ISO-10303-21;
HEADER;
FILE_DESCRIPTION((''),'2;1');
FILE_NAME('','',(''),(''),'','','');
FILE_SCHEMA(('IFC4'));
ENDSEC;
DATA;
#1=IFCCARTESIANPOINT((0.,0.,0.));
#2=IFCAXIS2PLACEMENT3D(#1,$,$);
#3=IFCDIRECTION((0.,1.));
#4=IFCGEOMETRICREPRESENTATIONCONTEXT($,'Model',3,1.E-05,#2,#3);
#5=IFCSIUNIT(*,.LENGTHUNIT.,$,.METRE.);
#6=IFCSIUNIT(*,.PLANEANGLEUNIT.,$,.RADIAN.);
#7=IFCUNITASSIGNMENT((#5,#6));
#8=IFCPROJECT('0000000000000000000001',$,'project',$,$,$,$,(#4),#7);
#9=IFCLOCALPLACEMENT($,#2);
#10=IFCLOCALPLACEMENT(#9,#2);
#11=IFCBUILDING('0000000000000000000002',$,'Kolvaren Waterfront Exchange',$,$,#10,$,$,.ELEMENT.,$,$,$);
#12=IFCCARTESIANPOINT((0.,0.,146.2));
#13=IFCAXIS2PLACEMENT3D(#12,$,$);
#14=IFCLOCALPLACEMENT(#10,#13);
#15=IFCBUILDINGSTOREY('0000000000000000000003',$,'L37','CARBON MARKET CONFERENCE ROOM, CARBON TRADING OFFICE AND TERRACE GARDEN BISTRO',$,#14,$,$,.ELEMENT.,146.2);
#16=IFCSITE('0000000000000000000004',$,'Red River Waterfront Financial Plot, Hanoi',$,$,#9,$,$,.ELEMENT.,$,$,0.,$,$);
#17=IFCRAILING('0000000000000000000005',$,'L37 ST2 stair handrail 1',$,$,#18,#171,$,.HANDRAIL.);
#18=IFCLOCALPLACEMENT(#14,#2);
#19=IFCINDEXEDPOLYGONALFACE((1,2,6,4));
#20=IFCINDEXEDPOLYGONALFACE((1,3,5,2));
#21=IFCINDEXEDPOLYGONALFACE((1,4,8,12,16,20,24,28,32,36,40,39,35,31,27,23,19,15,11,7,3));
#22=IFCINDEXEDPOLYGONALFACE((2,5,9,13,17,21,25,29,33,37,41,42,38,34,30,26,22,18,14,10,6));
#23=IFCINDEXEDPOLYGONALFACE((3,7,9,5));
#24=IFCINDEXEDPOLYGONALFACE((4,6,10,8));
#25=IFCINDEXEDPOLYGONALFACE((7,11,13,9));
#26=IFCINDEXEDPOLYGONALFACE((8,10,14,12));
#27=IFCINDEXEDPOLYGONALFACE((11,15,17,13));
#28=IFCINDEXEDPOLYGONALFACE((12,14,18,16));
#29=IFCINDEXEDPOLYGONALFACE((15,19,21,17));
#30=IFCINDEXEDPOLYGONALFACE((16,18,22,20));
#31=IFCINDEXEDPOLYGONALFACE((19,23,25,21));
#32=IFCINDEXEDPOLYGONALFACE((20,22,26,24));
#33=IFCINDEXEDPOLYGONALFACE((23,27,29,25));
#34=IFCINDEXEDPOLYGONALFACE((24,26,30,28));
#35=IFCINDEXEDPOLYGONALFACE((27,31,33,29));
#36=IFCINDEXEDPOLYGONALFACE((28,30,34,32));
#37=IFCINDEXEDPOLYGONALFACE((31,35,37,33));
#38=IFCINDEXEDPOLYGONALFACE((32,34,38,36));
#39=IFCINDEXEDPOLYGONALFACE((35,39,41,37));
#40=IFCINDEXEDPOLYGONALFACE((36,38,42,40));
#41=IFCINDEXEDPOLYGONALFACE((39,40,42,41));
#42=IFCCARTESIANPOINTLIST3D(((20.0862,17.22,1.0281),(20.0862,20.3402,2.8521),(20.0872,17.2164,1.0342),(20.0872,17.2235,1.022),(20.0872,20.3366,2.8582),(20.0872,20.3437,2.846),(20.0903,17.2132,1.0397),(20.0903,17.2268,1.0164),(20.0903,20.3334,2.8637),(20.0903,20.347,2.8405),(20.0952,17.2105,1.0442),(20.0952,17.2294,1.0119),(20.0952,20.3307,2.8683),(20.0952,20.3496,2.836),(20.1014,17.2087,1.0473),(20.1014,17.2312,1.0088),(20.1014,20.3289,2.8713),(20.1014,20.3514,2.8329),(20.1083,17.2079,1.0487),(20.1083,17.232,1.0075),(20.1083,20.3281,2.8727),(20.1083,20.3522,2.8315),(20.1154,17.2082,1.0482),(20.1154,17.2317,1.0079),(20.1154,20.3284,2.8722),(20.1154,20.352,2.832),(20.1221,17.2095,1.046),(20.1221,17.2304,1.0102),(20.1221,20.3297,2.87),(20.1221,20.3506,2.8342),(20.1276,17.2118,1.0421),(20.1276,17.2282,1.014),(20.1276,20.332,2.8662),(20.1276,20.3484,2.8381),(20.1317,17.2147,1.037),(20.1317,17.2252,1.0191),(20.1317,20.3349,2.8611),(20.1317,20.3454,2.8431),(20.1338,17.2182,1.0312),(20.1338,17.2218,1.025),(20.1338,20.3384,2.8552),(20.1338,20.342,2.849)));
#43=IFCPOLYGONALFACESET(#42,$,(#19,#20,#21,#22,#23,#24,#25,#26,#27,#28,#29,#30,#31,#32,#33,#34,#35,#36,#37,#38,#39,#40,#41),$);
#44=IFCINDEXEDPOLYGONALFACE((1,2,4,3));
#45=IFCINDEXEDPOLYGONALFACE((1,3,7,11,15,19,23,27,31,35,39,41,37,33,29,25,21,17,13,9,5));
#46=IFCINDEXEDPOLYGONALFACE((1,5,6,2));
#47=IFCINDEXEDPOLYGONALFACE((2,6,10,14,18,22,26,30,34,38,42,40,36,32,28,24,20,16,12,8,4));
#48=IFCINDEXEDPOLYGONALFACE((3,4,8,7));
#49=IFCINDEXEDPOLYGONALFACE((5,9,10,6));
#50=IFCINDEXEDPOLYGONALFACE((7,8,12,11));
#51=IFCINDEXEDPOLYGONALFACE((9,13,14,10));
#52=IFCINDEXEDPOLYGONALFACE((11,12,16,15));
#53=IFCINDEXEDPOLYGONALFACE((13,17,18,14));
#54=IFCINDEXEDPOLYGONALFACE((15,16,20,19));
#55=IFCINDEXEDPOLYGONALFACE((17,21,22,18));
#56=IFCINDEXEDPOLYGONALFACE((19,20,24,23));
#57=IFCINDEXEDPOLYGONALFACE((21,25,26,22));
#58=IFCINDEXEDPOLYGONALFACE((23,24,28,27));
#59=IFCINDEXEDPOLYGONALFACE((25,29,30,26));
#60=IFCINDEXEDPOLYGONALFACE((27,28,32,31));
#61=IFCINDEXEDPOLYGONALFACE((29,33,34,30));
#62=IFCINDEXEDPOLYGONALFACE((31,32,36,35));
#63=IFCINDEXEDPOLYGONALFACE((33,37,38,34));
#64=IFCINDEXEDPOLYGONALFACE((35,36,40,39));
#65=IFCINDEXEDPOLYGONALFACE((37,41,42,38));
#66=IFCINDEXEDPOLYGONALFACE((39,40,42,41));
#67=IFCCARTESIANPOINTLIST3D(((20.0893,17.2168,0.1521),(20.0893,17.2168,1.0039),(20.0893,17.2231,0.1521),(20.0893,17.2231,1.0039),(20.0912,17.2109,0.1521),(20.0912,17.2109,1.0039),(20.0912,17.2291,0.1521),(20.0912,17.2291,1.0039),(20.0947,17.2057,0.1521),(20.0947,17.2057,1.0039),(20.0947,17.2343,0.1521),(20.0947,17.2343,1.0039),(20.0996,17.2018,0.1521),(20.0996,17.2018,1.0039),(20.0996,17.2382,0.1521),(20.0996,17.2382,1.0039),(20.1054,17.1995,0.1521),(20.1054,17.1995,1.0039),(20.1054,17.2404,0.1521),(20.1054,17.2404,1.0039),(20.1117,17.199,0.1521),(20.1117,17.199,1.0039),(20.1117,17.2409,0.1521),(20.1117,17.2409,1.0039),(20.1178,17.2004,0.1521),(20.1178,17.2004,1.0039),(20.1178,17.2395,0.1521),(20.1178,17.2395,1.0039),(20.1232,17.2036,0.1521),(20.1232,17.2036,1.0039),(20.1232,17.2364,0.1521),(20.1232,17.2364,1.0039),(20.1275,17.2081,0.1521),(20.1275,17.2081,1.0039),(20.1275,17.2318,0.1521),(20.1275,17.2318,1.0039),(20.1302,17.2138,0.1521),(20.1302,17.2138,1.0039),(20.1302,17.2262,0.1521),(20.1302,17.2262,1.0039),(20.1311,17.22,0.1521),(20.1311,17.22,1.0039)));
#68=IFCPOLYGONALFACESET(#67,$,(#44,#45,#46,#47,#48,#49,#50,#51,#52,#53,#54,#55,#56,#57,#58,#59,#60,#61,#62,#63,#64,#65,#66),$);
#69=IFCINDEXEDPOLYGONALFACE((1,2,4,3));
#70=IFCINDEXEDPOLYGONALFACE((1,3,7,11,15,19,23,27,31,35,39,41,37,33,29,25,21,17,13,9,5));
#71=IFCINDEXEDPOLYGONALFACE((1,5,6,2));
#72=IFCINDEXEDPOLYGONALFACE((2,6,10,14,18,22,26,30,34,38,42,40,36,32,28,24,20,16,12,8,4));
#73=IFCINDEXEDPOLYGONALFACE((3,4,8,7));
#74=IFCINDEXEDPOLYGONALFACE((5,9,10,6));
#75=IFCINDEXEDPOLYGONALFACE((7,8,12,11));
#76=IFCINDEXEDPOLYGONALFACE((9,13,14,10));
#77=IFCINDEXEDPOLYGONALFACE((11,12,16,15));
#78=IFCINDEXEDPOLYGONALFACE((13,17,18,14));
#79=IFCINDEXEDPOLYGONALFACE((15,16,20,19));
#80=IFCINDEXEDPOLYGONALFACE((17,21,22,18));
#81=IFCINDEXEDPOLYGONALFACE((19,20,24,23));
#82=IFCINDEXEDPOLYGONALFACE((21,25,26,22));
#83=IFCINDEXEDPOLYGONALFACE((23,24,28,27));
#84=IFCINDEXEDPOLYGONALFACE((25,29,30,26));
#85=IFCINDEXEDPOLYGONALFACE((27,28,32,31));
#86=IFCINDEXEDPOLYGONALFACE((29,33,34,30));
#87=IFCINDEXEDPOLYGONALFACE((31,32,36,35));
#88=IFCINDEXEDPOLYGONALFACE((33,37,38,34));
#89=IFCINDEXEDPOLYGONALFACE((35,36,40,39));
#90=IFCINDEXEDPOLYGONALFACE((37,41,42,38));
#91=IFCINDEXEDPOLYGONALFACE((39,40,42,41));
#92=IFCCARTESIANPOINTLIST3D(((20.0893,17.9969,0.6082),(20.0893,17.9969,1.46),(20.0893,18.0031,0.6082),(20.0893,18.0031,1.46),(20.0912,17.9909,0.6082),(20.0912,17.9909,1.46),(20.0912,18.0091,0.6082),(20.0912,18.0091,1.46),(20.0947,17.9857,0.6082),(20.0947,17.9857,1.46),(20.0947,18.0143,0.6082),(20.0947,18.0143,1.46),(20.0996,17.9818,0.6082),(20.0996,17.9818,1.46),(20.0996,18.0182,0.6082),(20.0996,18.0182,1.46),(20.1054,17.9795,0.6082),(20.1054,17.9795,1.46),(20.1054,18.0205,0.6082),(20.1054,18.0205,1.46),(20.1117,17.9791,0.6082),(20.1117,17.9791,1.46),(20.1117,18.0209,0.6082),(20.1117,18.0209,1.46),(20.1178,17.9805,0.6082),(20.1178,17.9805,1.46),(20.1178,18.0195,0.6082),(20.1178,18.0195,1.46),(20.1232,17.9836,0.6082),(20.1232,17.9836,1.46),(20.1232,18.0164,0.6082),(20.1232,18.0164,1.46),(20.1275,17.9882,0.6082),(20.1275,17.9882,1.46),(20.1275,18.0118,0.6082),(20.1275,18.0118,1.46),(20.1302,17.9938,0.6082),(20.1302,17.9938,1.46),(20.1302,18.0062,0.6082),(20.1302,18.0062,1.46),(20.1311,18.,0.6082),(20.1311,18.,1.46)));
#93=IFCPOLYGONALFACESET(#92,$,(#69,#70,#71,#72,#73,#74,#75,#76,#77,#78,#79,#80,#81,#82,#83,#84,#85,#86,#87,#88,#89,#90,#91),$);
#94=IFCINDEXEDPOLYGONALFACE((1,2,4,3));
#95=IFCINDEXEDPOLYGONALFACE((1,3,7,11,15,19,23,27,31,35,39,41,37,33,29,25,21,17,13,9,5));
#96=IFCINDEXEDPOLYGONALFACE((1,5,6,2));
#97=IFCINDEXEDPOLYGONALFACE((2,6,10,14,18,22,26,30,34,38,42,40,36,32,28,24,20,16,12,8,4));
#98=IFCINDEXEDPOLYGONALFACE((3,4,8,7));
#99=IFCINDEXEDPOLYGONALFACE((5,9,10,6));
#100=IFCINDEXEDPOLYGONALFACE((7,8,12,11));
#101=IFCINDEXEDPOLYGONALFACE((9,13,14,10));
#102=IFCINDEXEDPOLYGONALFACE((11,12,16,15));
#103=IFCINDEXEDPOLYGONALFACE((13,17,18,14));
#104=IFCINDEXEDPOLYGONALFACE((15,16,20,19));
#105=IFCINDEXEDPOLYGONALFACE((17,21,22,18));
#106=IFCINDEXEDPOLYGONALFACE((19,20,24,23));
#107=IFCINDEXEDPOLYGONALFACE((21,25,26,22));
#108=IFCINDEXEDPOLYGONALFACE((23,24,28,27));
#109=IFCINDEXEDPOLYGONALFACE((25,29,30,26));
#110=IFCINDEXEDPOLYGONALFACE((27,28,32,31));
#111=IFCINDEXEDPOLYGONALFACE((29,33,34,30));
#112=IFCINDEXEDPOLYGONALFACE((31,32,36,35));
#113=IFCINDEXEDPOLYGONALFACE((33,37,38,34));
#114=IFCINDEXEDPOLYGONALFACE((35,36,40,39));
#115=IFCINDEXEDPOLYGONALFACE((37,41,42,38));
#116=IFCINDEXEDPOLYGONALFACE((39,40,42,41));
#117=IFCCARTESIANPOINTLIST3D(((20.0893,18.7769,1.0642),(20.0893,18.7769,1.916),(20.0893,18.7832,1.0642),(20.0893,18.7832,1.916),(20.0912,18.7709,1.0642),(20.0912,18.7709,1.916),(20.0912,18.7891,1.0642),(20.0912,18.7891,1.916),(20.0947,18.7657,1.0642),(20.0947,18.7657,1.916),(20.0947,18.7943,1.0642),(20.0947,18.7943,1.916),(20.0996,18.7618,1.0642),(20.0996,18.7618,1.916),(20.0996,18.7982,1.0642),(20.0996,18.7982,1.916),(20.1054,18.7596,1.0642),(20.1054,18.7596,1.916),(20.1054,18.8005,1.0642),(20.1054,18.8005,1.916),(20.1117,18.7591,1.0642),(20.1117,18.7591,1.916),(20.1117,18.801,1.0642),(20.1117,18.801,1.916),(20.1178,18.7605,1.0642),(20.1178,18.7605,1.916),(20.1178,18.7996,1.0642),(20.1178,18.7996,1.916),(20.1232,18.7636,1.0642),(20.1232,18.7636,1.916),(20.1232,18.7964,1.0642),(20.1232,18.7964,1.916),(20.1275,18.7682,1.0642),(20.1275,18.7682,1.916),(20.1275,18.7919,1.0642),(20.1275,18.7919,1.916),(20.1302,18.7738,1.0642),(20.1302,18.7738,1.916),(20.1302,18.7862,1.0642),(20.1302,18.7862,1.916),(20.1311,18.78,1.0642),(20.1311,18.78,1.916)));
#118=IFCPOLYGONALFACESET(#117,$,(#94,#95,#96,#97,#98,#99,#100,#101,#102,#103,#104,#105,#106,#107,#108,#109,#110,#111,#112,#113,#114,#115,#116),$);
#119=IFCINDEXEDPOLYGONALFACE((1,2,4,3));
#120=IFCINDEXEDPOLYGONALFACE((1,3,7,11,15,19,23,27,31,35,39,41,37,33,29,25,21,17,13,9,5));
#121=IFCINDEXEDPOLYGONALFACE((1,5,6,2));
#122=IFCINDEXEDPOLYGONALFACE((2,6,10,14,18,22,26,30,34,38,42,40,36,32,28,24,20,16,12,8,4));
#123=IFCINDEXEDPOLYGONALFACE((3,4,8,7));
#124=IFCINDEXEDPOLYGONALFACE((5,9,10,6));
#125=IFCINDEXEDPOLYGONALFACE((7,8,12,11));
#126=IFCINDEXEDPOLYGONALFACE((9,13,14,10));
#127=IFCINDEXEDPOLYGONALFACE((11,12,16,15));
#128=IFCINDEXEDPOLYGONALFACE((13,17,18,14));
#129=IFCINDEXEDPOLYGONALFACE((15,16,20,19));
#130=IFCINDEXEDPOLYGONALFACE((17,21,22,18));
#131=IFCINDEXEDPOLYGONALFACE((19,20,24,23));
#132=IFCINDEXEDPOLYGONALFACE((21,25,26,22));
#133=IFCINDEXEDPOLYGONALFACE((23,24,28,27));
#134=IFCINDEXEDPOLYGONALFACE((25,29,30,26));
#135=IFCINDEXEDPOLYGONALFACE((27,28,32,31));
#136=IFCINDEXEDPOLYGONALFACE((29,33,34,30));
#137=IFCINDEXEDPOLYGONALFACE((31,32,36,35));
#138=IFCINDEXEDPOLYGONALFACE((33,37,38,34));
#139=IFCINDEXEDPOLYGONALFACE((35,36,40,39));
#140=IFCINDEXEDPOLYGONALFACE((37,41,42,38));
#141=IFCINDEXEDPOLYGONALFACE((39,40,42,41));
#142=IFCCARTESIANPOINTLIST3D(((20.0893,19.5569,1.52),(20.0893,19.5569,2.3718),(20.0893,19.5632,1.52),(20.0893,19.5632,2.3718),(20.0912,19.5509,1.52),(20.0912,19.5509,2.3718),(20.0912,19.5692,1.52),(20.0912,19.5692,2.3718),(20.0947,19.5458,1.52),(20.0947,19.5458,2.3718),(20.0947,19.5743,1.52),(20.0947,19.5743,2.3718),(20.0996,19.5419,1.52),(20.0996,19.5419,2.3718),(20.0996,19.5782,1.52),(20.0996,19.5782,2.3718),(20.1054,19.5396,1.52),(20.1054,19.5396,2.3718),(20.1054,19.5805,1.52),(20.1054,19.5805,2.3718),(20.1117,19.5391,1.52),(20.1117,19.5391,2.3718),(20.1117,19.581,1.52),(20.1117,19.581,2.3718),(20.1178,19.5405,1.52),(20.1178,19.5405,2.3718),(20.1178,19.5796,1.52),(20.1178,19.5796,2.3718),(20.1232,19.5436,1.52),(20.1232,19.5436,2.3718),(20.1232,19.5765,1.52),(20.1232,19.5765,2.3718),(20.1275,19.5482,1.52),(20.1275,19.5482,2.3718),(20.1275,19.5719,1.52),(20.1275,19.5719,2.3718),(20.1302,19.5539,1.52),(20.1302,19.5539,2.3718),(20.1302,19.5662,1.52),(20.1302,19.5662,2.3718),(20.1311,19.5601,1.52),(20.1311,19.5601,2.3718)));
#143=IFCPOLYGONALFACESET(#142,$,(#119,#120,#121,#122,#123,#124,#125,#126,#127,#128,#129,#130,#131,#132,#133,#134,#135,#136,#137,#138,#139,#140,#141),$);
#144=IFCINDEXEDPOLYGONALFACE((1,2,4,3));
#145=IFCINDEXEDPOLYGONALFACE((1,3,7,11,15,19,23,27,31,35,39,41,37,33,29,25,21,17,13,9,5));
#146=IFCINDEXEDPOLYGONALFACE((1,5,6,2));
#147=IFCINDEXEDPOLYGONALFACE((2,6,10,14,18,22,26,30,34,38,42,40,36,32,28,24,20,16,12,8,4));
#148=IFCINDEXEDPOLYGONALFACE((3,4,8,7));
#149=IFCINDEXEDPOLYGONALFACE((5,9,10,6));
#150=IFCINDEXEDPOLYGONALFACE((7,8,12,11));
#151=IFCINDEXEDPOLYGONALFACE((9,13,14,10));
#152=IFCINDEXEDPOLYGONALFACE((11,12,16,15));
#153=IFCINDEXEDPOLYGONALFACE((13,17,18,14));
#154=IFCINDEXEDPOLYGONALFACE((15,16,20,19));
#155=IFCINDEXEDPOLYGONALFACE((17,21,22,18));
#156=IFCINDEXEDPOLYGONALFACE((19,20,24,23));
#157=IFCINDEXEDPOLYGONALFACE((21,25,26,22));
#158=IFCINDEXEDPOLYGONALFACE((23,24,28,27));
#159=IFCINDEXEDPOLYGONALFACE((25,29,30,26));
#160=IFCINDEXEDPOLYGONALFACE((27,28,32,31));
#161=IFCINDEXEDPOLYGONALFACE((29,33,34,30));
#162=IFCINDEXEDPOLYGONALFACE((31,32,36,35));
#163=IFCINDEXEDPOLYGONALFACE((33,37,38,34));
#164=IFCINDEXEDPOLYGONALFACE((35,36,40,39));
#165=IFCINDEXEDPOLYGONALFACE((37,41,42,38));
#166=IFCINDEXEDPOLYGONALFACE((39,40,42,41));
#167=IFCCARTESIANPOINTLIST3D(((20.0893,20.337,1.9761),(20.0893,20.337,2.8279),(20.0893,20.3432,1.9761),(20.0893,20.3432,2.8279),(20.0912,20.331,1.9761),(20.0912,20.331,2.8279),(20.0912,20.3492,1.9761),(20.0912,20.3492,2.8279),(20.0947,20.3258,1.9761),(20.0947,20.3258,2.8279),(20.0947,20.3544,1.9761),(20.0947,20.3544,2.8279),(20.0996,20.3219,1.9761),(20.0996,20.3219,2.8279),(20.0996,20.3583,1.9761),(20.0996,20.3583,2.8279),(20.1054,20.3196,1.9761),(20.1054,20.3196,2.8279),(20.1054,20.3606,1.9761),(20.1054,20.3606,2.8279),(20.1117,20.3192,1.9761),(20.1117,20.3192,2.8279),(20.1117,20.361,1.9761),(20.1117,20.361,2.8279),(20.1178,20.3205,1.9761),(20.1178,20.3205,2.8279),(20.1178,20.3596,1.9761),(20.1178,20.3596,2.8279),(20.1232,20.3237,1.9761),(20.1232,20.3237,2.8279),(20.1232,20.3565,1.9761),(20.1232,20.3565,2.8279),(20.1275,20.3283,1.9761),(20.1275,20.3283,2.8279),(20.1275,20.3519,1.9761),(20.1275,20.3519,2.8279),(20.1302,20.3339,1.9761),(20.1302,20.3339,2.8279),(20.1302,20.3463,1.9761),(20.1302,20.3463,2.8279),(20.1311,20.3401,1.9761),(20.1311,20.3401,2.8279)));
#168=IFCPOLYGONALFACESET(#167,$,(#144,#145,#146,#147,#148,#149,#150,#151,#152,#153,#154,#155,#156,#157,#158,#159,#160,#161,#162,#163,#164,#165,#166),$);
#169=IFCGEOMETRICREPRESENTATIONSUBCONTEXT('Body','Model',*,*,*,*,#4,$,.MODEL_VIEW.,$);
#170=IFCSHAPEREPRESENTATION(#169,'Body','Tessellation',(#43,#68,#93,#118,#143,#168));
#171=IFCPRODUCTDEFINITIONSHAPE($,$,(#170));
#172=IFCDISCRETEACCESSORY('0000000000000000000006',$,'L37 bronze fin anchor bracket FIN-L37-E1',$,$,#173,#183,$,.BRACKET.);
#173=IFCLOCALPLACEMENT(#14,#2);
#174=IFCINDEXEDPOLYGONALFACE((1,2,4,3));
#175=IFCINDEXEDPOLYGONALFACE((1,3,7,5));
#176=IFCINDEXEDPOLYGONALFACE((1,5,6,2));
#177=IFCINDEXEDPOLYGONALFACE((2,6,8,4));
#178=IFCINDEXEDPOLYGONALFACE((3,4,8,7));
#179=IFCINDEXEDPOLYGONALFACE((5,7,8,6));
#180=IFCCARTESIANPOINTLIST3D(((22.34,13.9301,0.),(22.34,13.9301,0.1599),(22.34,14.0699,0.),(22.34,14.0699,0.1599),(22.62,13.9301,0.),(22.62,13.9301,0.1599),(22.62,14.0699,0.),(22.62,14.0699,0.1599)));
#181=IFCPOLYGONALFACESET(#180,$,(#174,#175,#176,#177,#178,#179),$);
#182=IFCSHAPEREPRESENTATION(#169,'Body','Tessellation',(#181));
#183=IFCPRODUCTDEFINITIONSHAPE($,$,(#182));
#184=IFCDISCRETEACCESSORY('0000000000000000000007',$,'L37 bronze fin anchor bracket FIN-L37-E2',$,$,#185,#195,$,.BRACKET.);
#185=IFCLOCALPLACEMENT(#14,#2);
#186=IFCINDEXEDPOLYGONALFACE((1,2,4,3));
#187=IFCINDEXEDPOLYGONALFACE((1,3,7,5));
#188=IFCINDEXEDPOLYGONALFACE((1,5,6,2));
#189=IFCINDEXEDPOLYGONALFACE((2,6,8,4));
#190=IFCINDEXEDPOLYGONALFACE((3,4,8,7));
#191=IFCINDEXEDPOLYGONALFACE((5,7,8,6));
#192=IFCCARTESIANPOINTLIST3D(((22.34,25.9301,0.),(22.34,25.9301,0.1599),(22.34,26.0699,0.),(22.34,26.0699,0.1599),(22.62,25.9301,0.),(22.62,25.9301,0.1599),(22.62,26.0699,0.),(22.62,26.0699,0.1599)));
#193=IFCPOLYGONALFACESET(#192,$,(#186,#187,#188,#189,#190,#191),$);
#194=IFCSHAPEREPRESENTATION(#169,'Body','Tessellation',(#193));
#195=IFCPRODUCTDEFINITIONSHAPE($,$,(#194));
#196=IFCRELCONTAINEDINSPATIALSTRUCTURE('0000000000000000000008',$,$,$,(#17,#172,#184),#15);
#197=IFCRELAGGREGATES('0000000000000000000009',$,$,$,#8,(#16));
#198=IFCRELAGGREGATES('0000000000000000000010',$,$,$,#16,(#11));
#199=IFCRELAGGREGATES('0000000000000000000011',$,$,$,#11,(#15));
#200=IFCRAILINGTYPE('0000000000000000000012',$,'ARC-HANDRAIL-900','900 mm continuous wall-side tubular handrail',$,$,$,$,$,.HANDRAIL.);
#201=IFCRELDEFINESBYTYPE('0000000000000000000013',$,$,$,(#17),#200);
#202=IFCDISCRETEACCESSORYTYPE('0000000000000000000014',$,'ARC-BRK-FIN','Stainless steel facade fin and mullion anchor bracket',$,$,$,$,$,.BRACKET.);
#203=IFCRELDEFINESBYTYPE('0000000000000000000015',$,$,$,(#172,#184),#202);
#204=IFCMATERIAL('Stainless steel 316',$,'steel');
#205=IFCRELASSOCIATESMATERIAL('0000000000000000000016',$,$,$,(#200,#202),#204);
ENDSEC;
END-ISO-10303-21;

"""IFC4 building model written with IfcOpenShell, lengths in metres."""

from ifc_helpers import new_model, si_unit, direction, frame, origin, origin_with_axes, origin_2d, place, context, subcontext, project, spatial, rectangle, circle, extrude, source, transform, mapped, material, type_object, element, save


model = new_model("IFC4")

# Units and contexts
model_context = context("Model", 3, precision=1e-05, world=origin(), true_north=direction((0.0, 1.0)))
body_context = subcontext(model_context, "Body", "Model", "MODEL_VIEW")
ifc_project = project(units=[si_unit("LENGTHUNIT", "METRE"), si_unit("PLANEANGLEUNIT", "RADIAN")], contexts=[model_context])

# Site, building, storey
site_placement = place(None, origin())
site = spatial("IfcSite", under=ifc_project, at=site_placement, Name="Red River Waterfront Financial Plot, Hanoi", CompositionType="ELEMENT", RefElevation=0.0)
building_placement = place(site_placement, origin())
building = spatial("IfcBuilding", under=site, at=building_placement, Name="Kolvaren Waterfront Exchange", CompositionType="ELEMENT")
storey_placement = place(building_placement, frame((0.0, 0.0, 146.2)))
storey = spatial("IfcBuildingStorey", under=building, at=storey_placement, Name="L37", Description="CARBON MARKET CONFERENCE ROOM, CARBON TRADING OFFICE AND TERRACE GARDEN BISTRO", CompositionType="ELEMENT", Elevation=146.2)

# Railing
ifc_material_1 = material(Name="Stainless steel 316", Category="steel")
railing_type = type_object("IfcRailingType", Name="ARC-HANDRAIL-900", Description="900 mm continuous wall-side tubular handrail", PredefinedType="HANDRAIL", material=ifc_material_1)
railing_placement = place(storey_placement, frame((20.1101, 17.22, 0.1521)))
element("IfcRailing", 1, at=railing_placement, inside=storey, type_object=railing_type, Name="L37 ST2 stair handrail 1", PredefinedType="HANDRAIL", context=body_context, shape_type="SweptSolid", body=[
    extrude(circle(Radius=0.0239, at=origin_2d()), frame((0.0, 0.0, 0.876), z_axis=(0.0, 0.863308, 0.504677), x_axis=(-1.0, 0.0, 0.0)), (0.0, 0.0, 1.0), 3.6143),
    extrude(circle(Radius=0.021, at=origin_2d()), origin(), (0.0, 0.0, 1.0), 0.8518),
    extrude(circle(Radius=0.021, at=origin_2d()), frame((0.0, 0.78, 0.4561)), (0.0, 0.0, 1.0), 0.8518),
    extrude(circle(Radius=0.021, at=origin_2d()), frame((0.0, 1.5601, 0.9121)), (0.0, 0.0, 1.0), 0.8518),
    extrude(circle(Radius=0.021, at=origin_2d()), frame((0.0, 2.3401, 1.3679)), (0.0, 0.0, 1.0), 0.8518),
    extrude(circle(Radius=0.021, at=origin_2d()), frame((0.0, 3.1201, 1.824)), (0.0, 0.0, 1.0), 0.8518),
])

# Discrete accessories
discrete_accessory_type = type_object("IfcDiscreteAccessoryType", Name="ARC-BRK-FIN", Description="Stainless steel facade fin and mullion anchor bracket", PredefinedType="BRACKET", material=ifc_material_1)
shared_shape_1 = source(origin_with_axes(), body_context, "Body", "SweptSolid", [
    extrude(rectangle(XDim=0.28, YDim=0.1399, at=origin_2d()), origin(), (0.0, 0.0, 1.0), 0.1599),
])
for number, where, z_axis, x_axis, name in (
    (2, (22.48, 14.0, 0.0), (0.0, 0.0, 1.0), (1.0, 0.0, 0.0), "L37 bronze fin anchor bracket FIN-L37-E1"),
    (3, (22.48, 26.0, 0.0), (0.0, 0.0, 1.0), (1.0, 0.0, 0.0), "L37 bronze fin anchor bracket FIN-L37-E2"),
):
    element("IfcDiscreteAccessory", number, at=place(storey_placement, frame(where, z_axis=z_axis, x_axis=x_axis)), inside=storey, type_object=discrete_accessory_type, Name=name, PredefinedType="BRACKET", context=body_context, shape_type="MappedRepresentation", body=[
        mapped(shared_shape_1, transform((0.0, 0.0, 0.0), x_axis=(1.0, 0.0, 0.0), y_axis=(0.0, 1.0, 0.0), z_axis=(0.0, 0.0, 1.0), scale=1.0)),
    ])

save(model, "model.ifc")
